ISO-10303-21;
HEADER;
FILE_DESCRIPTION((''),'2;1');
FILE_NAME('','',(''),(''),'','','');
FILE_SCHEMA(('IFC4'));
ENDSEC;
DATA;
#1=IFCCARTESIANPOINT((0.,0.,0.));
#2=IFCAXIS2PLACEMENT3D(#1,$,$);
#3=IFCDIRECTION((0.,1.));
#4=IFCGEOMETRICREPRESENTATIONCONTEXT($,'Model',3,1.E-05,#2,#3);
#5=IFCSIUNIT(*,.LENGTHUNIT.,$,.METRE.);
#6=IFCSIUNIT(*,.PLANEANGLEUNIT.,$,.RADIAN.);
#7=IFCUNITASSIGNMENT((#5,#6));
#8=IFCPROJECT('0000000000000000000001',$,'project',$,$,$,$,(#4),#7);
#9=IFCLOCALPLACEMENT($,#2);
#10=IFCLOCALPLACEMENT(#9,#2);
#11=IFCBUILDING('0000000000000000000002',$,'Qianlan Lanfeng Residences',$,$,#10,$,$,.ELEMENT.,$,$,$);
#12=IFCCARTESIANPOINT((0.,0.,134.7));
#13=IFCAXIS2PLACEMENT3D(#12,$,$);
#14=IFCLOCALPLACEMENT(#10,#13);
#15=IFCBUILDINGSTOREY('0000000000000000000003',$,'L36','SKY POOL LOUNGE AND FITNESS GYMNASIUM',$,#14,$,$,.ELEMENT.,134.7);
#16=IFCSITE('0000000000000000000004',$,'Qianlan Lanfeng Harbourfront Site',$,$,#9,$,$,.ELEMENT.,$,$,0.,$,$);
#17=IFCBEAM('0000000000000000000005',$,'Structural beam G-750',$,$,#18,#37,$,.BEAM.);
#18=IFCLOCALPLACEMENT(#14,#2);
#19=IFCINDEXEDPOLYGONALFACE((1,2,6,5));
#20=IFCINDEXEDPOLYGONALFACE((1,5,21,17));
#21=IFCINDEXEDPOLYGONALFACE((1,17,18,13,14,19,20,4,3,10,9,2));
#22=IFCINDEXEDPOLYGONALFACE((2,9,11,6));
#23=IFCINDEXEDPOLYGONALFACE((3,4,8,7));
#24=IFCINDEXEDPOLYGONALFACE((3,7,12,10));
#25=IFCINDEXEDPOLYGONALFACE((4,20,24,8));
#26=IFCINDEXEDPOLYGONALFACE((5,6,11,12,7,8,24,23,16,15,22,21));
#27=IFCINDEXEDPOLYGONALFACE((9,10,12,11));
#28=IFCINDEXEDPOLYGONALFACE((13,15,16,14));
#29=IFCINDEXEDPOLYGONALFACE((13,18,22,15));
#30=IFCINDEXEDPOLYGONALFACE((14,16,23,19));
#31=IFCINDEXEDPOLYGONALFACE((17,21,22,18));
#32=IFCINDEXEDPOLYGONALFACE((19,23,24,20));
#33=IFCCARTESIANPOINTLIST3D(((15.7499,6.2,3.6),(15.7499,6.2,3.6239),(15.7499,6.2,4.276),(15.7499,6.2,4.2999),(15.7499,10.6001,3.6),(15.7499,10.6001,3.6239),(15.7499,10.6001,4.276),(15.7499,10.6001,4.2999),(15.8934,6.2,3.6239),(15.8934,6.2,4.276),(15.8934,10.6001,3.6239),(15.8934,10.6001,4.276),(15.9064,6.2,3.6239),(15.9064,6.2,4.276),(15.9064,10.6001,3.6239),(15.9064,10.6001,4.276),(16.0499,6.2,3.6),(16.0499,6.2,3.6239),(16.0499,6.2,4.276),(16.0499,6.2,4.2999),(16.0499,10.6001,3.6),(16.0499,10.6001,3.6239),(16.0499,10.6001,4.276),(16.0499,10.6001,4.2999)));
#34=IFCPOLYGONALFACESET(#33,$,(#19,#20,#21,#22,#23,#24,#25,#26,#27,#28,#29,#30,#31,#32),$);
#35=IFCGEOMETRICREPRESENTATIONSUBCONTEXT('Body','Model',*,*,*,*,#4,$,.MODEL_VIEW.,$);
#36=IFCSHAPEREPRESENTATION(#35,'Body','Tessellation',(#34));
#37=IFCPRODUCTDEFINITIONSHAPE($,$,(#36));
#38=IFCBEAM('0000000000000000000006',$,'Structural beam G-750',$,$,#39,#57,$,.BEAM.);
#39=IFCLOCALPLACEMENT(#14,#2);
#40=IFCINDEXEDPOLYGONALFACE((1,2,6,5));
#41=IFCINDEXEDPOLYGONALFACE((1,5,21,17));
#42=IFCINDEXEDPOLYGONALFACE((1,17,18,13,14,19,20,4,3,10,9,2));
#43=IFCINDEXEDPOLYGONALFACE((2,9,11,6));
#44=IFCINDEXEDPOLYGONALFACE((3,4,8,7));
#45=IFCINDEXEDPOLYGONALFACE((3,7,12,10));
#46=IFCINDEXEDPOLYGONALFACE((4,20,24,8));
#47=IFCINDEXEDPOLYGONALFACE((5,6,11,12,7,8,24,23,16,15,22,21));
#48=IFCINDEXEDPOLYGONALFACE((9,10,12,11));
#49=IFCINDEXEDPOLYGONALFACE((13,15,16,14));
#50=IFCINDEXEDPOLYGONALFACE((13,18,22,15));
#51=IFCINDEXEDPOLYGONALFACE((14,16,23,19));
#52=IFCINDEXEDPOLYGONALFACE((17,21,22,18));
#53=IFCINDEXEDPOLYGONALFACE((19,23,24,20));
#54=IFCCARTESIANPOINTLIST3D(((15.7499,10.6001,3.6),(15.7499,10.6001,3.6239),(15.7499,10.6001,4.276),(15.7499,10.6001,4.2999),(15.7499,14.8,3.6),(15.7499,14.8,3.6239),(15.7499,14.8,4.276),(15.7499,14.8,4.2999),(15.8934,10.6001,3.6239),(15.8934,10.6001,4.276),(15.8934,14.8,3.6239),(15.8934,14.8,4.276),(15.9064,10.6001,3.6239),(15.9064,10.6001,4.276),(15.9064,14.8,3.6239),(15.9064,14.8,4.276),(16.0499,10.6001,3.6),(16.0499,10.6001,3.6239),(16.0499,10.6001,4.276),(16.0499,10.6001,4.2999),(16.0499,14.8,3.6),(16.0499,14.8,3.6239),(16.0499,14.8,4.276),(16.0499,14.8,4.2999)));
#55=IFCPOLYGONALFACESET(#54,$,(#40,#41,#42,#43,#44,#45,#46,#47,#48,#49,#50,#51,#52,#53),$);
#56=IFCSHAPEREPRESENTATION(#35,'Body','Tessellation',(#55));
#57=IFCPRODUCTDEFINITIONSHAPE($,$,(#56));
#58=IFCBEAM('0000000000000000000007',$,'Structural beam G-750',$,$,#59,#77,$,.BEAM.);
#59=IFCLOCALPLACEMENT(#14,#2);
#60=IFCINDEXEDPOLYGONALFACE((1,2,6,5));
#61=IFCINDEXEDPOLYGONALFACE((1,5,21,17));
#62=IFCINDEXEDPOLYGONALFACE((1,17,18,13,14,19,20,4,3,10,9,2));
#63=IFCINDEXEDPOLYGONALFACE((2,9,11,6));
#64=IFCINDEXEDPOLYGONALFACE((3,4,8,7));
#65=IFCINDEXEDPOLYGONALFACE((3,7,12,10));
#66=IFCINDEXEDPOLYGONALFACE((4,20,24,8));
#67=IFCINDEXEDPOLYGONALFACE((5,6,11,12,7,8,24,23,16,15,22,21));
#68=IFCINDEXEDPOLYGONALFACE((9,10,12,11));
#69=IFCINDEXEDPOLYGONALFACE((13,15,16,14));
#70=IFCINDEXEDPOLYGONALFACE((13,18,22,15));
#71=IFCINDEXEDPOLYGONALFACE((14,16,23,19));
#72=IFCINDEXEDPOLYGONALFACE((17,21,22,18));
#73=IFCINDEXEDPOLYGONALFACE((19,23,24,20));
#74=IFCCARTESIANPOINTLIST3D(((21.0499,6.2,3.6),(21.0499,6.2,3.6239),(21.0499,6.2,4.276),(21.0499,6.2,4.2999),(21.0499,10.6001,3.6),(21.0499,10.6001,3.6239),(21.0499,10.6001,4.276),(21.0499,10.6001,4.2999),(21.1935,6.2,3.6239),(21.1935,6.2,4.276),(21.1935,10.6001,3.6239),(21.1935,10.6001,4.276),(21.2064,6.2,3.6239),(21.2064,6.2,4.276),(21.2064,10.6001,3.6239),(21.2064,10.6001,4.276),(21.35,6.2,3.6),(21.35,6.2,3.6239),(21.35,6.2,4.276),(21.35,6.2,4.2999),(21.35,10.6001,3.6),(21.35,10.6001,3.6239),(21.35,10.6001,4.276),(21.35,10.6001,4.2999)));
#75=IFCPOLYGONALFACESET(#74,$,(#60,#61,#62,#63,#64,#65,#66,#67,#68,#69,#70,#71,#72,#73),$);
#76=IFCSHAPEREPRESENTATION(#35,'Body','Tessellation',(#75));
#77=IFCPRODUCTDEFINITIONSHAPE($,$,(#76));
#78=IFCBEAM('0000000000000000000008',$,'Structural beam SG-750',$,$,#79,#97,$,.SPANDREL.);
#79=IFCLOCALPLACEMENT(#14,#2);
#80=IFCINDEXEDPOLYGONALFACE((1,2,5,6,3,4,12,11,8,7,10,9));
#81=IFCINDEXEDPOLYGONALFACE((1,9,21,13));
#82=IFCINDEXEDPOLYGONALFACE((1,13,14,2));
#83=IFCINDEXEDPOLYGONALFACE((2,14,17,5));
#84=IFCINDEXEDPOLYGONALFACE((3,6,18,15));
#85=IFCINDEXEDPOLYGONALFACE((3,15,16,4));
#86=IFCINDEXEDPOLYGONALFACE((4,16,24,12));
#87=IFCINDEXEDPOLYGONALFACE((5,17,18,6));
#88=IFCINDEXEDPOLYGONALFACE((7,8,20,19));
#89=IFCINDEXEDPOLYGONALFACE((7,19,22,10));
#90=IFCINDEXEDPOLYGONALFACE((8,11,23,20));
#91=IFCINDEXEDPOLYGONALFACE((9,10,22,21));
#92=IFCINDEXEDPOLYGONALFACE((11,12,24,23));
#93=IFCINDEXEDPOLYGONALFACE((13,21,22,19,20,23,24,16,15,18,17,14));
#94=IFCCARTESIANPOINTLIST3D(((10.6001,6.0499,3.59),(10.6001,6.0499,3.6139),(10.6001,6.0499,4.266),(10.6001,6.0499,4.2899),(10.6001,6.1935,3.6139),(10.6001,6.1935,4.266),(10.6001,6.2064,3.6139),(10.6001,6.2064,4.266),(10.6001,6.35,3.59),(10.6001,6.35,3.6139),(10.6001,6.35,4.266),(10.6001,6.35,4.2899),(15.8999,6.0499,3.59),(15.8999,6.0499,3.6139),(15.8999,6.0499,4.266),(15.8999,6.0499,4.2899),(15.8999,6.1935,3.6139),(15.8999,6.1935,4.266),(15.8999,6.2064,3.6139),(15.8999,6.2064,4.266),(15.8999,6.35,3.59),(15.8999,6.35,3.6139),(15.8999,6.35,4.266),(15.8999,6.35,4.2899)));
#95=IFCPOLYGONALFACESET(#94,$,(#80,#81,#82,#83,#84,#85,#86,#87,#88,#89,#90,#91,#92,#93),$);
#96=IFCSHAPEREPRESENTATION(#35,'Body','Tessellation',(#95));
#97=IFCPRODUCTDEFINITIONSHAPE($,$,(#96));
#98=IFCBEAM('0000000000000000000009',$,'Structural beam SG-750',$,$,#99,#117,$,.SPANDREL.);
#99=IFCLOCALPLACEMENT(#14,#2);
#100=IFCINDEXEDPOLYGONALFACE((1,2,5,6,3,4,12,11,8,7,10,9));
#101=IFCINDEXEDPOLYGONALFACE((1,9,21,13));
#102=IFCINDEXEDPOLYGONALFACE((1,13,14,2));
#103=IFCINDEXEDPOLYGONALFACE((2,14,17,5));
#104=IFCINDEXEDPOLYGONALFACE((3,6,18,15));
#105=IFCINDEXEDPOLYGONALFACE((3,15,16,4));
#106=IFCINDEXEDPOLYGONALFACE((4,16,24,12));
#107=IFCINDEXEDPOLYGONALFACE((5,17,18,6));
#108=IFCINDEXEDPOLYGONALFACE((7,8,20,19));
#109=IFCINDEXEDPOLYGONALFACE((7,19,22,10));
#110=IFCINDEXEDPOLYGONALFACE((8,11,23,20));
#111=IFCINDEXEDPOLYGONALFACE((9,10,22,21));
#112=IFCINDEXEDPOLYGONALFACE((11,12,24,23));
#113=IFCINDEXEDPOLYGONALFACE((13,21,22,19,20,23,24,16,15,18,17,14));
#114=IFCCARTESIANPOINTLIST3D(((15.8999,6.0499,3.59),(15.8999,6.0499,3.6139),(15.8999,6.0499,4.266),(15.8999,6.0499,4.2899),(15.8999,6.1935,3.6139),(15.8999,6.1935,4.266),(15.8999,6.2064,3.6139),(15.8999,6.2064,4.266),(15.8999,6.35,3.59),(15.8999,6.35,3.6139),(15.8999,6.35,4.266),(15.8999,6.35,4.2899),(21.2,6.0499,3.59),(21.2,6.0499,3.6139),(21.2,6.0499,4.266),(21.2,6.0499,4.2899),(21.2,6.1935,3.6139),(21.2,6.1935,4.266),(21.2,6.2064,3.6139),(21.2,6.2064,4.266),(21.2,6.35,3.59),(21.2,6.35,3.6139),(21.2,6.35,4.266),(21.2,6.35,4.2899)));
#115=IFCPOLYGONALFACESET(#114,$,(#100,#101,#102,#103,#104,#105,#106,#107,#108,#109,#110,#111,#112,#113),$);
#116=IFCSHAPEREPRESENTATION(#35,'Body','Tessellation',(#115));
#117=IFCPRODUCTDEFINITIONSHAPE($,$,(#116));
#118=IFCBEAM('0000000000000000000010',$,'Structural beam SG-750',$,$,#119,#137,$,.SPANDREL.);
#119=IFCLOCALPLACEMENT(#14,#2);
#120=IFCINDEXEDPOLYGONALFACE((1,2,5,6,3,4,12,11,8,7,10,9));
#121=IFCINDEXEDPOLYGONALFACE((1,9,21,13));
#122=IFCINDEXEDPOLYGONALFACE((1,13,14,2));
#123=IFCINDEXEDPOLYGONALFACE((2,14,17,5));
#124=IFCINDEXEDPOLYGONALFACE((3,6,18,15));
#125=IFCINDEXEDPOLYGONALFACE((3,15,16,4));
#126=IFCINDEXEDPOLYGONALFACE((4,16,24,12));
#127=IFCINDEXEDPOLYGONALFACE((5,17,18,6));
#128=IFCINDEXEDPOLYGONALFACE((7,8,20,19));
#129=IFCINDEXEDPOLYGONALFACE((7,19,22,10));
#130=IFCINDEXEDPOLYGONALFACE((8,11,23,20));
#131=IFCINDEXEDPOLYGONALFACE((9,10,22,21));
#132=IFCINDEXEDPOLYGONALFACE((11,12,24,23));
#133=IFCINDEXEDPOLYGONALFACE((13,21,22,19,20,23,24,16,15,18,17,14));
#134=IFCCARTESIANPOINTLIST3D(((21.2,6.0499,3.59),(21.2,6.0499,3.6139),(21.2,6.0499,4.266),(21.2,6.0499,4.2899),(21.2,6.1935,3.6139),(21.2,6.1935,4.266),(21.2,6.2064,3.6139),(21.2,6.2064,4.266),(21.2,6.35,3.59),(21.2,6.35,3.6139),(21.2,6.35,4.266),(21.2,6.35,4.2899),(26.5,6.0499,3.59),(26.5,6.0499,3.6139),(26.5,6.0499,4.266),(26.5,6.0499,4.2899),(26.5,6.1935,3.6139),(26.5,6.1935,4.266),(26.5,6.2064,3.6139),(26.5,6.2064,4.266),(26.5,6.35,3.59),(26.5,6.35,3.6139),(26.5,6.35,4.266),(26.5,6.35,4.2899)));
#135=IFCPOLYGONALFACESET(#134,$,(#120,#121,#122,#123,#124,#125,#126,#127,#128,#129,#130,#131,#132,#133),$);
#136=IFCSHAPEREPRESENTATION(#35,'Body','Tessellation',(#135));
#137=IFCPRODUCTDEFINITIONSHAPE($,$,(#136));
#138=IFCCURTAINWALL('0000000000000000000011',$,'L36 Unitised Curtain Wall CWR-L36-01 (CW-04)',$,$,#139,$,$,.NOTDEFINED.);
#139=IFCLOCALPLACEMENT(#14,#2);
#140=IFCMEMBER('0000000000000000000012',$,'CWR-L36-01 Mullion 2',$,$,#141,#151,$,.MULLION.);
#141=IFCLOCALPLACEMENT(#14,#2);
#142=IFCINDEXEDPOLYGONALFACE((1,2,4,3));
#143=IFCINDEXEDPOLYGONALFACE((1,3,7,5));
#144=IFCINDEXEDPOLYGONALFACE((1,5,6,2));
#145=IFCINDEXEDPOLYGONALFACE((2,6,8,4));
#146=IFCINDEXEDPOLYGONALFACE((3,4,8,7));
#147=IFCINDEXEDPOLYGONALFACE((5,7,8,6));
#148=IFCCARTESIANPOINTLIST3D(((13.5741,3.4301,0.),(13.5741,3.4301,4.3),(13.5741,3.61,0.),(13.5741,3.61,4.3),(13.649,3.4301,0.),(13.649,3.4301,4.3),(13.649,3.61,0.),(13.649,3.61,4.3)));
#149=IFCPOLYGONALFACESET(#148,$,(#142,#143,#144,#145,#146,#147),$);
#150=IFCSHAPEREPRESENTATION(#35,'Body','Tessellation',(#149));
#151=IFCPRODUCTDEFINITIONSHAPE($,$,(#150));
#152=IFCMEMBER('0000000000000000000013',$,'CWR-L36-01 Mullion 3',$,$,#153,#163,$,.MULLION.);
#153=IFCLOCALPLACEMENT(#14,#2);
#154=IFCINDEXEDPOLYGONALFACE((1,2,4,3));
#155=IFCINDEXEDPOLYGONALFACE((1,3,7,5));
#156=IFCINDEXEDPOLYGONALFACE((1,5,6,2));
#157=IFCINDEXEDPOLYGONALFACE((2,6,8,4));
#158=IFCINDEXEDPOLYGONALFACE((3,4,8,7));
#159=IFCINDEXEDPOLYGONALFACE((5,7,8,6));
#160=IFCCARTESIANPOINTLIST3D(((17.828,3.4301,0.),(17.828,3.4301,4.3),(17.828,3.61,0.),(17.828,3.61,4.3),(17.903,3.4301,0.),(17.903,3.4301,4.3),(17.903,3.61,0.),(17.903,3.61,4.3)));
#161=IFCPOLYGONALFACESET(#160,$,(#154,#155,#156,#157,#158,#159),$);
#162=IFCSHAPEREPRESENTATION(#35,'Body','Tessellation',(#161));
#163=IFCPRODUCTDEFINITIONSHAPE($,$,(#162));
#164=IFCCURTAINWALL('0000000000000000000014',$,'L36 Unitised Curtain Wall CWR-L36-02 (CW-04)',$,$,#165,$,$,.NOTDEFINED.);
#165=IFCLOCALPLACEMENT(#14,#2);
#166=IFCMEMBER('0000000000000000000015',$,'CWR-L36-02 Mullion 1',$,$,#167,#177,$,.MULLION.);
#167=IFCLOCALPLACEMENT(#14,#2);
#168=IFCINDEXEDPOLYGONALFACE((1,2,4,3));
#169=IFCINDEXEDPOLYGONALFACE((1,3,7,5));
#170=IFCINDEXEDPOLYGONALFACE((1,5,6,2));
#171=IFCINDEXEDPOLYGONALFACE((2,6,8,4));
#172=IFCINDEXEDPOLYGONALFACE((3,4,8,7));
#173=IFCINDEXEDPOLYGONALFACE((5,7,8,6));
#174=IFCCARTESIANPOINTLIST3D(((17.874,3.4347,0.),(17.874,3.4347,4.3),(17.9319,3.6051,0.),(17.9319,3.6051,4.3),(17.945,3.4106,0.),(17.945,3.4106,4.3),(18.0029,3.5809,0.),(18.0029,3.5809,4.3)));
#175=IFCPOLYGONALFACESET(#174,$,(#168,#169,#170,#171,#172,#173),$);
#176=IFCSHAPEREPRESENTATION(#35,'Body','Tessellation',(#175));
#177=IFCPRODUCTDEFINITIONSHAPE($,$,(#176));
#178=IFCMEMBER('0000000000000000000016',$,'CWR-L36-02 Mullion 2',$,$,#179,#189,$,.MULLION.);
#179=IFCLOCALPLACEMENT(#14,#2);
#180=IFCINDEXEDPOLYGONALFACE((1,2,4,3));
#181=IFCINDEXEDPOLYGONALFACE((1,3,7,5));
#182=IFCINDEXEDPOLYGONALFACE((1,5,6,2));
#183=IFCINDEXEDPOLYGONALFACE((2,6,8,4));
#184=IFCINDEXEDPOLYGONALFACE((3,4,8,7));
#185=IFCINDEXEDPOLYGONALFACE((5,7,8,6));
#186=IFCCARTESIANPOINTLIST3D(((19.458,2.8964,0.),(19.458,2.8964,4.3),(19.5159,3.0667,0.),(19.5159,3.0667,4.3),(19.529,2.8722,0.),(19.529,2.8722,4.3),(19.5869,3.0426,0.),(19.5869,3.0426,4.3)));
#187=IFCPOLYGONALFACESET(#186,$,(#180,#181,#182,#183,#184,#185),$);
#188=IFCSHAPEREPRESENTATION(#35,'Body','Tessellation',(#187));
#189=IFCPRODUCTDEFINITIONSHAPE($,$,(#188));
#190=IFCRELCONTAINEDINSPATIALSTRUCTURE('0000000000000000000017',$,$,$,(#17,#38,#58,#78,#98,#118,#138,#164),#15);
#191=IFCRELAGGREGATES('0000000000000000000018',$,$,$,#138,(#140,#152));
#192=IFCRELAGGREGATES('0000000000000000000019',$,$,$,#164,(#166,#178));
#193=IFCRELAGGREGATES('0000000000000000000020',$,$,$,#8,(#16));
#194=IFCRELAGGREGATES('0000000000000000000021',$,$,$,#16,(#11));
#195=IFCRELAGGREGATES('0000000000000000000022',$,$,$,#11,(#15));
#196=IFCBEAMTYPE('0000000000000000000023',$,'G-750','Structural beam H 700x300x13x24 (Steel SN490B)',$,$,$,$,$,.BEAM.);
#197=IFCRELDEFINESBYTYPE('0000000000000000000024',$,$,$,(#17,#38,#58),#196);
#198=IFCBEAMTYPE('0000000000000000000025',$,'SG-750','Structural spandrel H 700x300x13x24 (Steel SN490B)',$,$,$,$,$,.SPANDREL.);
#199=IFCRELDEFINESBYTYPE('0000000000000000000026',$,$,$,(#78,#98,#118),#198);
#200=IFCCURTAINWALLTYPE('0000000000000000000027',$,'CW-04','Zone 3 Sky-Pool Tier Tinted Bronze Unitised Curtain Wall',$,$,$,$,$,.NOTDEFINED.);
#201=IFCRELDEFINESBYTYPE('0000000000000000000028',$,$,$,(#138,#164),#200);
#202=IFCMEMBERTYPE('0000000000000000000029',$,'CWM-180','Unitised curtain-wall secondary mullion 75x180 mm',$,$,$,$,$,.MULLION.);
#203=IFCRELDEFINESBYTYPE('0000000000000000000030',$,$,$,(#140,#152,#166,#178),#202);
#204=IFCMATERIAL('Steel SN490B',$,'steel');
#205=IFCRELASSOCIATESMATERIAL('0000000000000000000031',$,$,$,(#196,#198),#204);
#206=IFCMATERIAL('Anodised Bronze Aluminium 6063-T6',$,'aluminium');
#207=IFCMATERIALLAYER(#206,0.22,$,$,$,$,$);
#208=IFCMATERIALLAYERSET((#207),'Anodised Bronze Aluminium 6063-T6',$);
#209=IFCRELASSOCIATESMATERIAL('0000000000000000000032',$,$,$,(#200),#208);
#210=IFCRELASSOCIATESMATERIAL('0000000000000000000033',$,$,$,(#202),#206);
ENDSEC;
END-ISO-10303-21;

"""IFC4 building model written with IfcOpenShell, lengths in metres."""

from ifc_helpers import new_model, si_unit, direction, frame, origin, origin_2d, place, context, subcontext, project, spatial, rectangle, i_section, extrude, source, transform, mapped, material, layer, layer_set, material_profile, profile_set, type_object, element, aggregate, save


model = new_model("IFC4")

# Units and contexts
model_context = context("Model", 3, precision=1e-05, world=origin(), true_north=direction((0.0, 1.0)))
body_context = subcontext(model_context, "Body", "Model", "MODEL_VIEW")
ifc_project = project(units=[si_unit("LENGTHUNIT", "METRE"), si_unit("PLANEANGLEUNIT", "RADIAN")], contexts=[model_context])

# Site, building, storey
site_placement = place(None, origin())
site = spatial("IfcSite", under=ifc_project, at=site_placement, Name="Qianlan Lanfeng Harbourfront Site", CompositionType="ELEMENT", RefElevation=0.0)
building_placement = place(site_placement, origin())
building = spatial("IfcBuilding", under=site, at=building_placement, Name="Qianlan Lanfeng Residences", CompositionType="ELEMENT")
storey_placement = place(building_placement, frame((0.0, 0.0, 134.7)))
storey = spatial("IfcBuildingStorey", under=building, at=storey_placement, Name="L36", Description="SKY POOL LOUNGE AND FITNESS GYMNASIUM", CompositionType="ELEMENT", Elevation=134.7)

# Shared definitions
ifc_material_1 = material(Name="Steel SN490B", Category="steel")

# Beams
ifc_material_profile_1 = material_profile(ifc_material_1, i_section(OverallWidth=0.3, OverallDepth=0.7, WebThickness=0.0129, FlangeThickness=0.0239, at=origin_2d()), Name="H 700x300x13x24")
ifc_profile_set_1 = profile_set([ifc_material_profile_1], Name="Steel SN490B")
beam_type_1 = type_object("IfcBeamType", Name="G-750", Description="Structural beam H 700x300x13x24 (Steel SN490B)", PredefinedType="BEAM", material=ifc_profile_set_1)
beam_1_placement = place(storey_placement, frame((15.8999, 6.2, 3.95), z_axis=(0.0, 1.0, 0.0), x_axis=(-1.0, 0.0, 0.0)))
element("IfcBeam", 1, at=beam_1_placement, inside=storey, type_object=beam_type_1, Name="Structural beam G-750", PredefinedType="BEAM", context=body_context, shape_type="SweptSolid", body=[
    extrude(i_section(OverallWidth=0.3, OverallDepth=0.7, WebThickness=0.0129, FlangeThickness=0.0239, at=origin_2d()), origin(), (0.0, 0.0, 1.0), 4.4001),
])
beam_2_placement = place(storey_placement, frame((15.8999, 10.6001, 3.95), z_axis=(0.0, 1.0, 0.0), x_axis=(-1.0, 0.0, 0.0)))
element("IfcBeam", 2, at=beam_2_placement, inside=storey, type_object=beam_type_1, Name="Structural beam G-750", PredefinedType="BEAM", context=body_context, shape_type="SweptSolid", body=[
    extrude(i_section(OverallWidth=0.3, OverallDepth=0.7, WebThickness=0.0129, FlangeThickness=0.0239, at=origin_2d()), origin(), (0.0, 0.0, 1.0), 4.2),
])
beam_3_placement = place(storey_placement, frame((21.2, 6.2, 3.95), z_axis=(0.0, 1.0, 0.0), x_axis=(-1.0, 0.0, 0.0)))
element("IfcBeam", 3, at=beam_3_placement, inside=storey, type_object=beam_type_1, Name="Structural beam G-750", PredefinedType="BEAM", context=body_context, shape_type="SweptSolid", body=[
    extrude(i_section(OverallWidth=0.3, OverallDepth=0.7, WebThickness=0.0129, FlangeThickness=0.0239, at=origin_2d()), origin(), (0.0, 0.0, 1.0), 4.4001),
])
ifc_material_profile_2 = material_profile(ifc_material_1, i_section(OverallWidth=0.3, OverallDepth=0.7, WebThickness=0.0129, FlangeThickness=0.0239, at=origin_2d()), Name="H 700x300x13x24")
ifc_profile_set_2 = profile_set([ifc_material_profile_2], Name="Steel SN490B")
beam_type_2 = type_object("IfcBeamType", Name="SG-750", Description="Structural spandrel H 700x300x13x24 (Steel SN490B)", PredefinedType="SPANDREL", material=ifc_profile_set_2)
beam_4_placement = place(storey_placement, frame((10.6001, 6.2, 3.9399), z_axis=(1.0, 0.0, 0.0), x_axis=(0.0, 1.0, 0.0)))
element("IfcBeam", 4, at=beam_4_placement, inside=storey, type_object=beam_type_2, Name="Structural beam SG-750", PredefinedType="SPANDREL", context=body_context, shape_type="SweptSolid", body=[
    extrude(i_section(OverallWidth=0.3, OverallDepth=0.7, WebThickness=0.0129, FlangeThickness=0.0239, at=origin_2d()), origin(), (0.0, 0.0, 1.0), 5.2998),
])
for number, where, z_axis, x_axis, name in (
    (5, (15.8999, 6.2, 3.9399), (1.0, 0.0, 0.0), (0.0, 1.0, 0.0), "Structural beam SG-750"),
    (6, (21.2, 6.2, 3.9399), (1.0, 0.0, 0.0), (0.0, 1.0, 0.0), "Structural beam SG-750"),
):
    element("IfcBeam", number, at=place(storey_placement, frame(where, z_axis=z_axis, x_axis=x_axis)), inside=storey, type_object=beam_type_2, Name=name, PredefinedType="SPANDREL", context=body_context, shape_type="SweptSolid", body=[
        extrude(i_section(OverallWidth=0.3, OverallDepth=0.7, WebThickness=0.0129, FlangeThickness=0.0239, at=origin_2d()), origin(), (0.0, 0.0, 1.0), 5.3),
    ])

# Curtain walls, members
ifc_material_2 = material(Name="Anodised Bronze Aluminium 6063-T6", Category="aluminium")
ifc_layer_1 = layer(ifc_material_2, 0.22)
ifc_layer_set_1 = layer_set([ifc_layer_1], Name="Anodised Bronze Aluminium 6063-T6")
curtain_wall_type = type_object("IfcCurtainWallType", Name="CW-04", Description="Zone 3 Sky-Pool Tier Tinted Bronze Unitised Curtain Wall", PredefinedType="NOTDEFINED", material=ifc_layer_set_1)
curtain_wall_1_placement = place(storey_placement, origin())
curtain_wall_1 = element("IfcCurtainWall", 7, at=curtain_wall_1_placement, inside=storey, type_object=curtain_wall_type, Name="L36 Unitised Curtain Wall CWR-L36-01 (CW-04)", PredefinedType="NOTDEFINED")
ifc_material_profile_3 = material_profile(ifc_material_2, rectangle(XDim=0.075, YDim=0.1799, at=origin_2d()), Name="ALU MULLION 75x180")
ifc_profile_set_3 = profile_set([ifc_material_profile_3], Name="Anodised Bronze Aluminium 6063-T6")
member_type_1 = type_object("IfcMemberType", Name="CWM-180", Description="Unitised curtain-wall secondary mullion 75x180 mm", PredefinedType="MULLION", material=ifc_profile_set_3)
shared_shape_1 = source(origin(), body_context, "Body", "SweptSolid", [
    extrude(rectangle(XDim=0.075, YDim=0.1799, at=origin_2d()), origin(), (0.0, 0.0, 1.0), 4.3),
])
member_1_placement = place(storey_placement, frame((13.6116, 3.52, 0.0), z_axis=(0.0, 0.0, 1.0), x_axis=(1.0, 0.0, 0.0)))
member_1 = element("IfcMember", 8, at=member_1_placement, type_object=member_type_1, Name="CWR-L36-01 Mullion 2", PredefinedType="MULLION", context=body_context, shape_type="MappedRepresentation", body=[
    mapped(shared_shape_1, transform((0.0, 0.0, 0.0), scale=1.0)),
])
member_2_placement = place(storey_placement, frame((17.8655, 3.52, 0.0), z_axis=(0.0, 0.0, 1.0), x_axis=(1.0, 0.0, 0.0)))
member_2 = element("IfcMember", 9, at=member_2_placement, type_object=member_type_1, Name="CWR-L36-01 Mullion 3", PredefinedType="MULLION", context=body_context, shape_type="MappedRepresentation", body=[
    mapped(shared_shape_1, transform((0.0, 0.0, 0.0), scale=1.0)),
])
curtain_wall_2_placement = place(storey_placement, origin())
curtain_wall_2 = element("IfcCurtainWall", 10, at=curtain_wall_2_placement, inside=storey, type_object=curtain_wall_type, Name="L36 Unitised Curtain Wall CWR-L36-02 (CW-04)", PredefinedType="NOTDEFINED")
member_3_placement = place(storey_placement, frame((17.9385, 3.5078, 0.0), z_axis=(0.0, 0.0, 1.0), x_axis=(0.946796, -0.321834, 0.0)))
member_3 = element("IfcMember", 11, at=member_3_placement, type_object=member_type_1, Name="CWR-L36-02 Mullion 1", PredefinedType="MULLION", context=body_context, shape_type="MappedRepresentation", body=[
    mapped(shared_shape_1, transform((0.0, 0.0, 0.0), scale=1.0)),
])
member_4_placement = place(storey_placement, frame((19.5225, 2.9695, 0.0), z_axis=(0.0, 0.0, 1.0), x_axis=(0.946796, -0.321834, 0.0)))
member_4 = element("IfcMember", 12, at=member_4_placement, type_object=member_type_1, Name="CWR-L36-02 Mullion 2", PredefinedType="MULLION", context=body_context, shape_type="MappedRepresentation", body=[
    mapped(shared_shape_1, transform((0.0, 0.0, 0.0), scale=1.0)),
])

aggregate(curtain_wall_1, [member_1, member_2])
aggregate(curtain_wall_2, [member_3, member_4])

save(model, "model.ifc")
